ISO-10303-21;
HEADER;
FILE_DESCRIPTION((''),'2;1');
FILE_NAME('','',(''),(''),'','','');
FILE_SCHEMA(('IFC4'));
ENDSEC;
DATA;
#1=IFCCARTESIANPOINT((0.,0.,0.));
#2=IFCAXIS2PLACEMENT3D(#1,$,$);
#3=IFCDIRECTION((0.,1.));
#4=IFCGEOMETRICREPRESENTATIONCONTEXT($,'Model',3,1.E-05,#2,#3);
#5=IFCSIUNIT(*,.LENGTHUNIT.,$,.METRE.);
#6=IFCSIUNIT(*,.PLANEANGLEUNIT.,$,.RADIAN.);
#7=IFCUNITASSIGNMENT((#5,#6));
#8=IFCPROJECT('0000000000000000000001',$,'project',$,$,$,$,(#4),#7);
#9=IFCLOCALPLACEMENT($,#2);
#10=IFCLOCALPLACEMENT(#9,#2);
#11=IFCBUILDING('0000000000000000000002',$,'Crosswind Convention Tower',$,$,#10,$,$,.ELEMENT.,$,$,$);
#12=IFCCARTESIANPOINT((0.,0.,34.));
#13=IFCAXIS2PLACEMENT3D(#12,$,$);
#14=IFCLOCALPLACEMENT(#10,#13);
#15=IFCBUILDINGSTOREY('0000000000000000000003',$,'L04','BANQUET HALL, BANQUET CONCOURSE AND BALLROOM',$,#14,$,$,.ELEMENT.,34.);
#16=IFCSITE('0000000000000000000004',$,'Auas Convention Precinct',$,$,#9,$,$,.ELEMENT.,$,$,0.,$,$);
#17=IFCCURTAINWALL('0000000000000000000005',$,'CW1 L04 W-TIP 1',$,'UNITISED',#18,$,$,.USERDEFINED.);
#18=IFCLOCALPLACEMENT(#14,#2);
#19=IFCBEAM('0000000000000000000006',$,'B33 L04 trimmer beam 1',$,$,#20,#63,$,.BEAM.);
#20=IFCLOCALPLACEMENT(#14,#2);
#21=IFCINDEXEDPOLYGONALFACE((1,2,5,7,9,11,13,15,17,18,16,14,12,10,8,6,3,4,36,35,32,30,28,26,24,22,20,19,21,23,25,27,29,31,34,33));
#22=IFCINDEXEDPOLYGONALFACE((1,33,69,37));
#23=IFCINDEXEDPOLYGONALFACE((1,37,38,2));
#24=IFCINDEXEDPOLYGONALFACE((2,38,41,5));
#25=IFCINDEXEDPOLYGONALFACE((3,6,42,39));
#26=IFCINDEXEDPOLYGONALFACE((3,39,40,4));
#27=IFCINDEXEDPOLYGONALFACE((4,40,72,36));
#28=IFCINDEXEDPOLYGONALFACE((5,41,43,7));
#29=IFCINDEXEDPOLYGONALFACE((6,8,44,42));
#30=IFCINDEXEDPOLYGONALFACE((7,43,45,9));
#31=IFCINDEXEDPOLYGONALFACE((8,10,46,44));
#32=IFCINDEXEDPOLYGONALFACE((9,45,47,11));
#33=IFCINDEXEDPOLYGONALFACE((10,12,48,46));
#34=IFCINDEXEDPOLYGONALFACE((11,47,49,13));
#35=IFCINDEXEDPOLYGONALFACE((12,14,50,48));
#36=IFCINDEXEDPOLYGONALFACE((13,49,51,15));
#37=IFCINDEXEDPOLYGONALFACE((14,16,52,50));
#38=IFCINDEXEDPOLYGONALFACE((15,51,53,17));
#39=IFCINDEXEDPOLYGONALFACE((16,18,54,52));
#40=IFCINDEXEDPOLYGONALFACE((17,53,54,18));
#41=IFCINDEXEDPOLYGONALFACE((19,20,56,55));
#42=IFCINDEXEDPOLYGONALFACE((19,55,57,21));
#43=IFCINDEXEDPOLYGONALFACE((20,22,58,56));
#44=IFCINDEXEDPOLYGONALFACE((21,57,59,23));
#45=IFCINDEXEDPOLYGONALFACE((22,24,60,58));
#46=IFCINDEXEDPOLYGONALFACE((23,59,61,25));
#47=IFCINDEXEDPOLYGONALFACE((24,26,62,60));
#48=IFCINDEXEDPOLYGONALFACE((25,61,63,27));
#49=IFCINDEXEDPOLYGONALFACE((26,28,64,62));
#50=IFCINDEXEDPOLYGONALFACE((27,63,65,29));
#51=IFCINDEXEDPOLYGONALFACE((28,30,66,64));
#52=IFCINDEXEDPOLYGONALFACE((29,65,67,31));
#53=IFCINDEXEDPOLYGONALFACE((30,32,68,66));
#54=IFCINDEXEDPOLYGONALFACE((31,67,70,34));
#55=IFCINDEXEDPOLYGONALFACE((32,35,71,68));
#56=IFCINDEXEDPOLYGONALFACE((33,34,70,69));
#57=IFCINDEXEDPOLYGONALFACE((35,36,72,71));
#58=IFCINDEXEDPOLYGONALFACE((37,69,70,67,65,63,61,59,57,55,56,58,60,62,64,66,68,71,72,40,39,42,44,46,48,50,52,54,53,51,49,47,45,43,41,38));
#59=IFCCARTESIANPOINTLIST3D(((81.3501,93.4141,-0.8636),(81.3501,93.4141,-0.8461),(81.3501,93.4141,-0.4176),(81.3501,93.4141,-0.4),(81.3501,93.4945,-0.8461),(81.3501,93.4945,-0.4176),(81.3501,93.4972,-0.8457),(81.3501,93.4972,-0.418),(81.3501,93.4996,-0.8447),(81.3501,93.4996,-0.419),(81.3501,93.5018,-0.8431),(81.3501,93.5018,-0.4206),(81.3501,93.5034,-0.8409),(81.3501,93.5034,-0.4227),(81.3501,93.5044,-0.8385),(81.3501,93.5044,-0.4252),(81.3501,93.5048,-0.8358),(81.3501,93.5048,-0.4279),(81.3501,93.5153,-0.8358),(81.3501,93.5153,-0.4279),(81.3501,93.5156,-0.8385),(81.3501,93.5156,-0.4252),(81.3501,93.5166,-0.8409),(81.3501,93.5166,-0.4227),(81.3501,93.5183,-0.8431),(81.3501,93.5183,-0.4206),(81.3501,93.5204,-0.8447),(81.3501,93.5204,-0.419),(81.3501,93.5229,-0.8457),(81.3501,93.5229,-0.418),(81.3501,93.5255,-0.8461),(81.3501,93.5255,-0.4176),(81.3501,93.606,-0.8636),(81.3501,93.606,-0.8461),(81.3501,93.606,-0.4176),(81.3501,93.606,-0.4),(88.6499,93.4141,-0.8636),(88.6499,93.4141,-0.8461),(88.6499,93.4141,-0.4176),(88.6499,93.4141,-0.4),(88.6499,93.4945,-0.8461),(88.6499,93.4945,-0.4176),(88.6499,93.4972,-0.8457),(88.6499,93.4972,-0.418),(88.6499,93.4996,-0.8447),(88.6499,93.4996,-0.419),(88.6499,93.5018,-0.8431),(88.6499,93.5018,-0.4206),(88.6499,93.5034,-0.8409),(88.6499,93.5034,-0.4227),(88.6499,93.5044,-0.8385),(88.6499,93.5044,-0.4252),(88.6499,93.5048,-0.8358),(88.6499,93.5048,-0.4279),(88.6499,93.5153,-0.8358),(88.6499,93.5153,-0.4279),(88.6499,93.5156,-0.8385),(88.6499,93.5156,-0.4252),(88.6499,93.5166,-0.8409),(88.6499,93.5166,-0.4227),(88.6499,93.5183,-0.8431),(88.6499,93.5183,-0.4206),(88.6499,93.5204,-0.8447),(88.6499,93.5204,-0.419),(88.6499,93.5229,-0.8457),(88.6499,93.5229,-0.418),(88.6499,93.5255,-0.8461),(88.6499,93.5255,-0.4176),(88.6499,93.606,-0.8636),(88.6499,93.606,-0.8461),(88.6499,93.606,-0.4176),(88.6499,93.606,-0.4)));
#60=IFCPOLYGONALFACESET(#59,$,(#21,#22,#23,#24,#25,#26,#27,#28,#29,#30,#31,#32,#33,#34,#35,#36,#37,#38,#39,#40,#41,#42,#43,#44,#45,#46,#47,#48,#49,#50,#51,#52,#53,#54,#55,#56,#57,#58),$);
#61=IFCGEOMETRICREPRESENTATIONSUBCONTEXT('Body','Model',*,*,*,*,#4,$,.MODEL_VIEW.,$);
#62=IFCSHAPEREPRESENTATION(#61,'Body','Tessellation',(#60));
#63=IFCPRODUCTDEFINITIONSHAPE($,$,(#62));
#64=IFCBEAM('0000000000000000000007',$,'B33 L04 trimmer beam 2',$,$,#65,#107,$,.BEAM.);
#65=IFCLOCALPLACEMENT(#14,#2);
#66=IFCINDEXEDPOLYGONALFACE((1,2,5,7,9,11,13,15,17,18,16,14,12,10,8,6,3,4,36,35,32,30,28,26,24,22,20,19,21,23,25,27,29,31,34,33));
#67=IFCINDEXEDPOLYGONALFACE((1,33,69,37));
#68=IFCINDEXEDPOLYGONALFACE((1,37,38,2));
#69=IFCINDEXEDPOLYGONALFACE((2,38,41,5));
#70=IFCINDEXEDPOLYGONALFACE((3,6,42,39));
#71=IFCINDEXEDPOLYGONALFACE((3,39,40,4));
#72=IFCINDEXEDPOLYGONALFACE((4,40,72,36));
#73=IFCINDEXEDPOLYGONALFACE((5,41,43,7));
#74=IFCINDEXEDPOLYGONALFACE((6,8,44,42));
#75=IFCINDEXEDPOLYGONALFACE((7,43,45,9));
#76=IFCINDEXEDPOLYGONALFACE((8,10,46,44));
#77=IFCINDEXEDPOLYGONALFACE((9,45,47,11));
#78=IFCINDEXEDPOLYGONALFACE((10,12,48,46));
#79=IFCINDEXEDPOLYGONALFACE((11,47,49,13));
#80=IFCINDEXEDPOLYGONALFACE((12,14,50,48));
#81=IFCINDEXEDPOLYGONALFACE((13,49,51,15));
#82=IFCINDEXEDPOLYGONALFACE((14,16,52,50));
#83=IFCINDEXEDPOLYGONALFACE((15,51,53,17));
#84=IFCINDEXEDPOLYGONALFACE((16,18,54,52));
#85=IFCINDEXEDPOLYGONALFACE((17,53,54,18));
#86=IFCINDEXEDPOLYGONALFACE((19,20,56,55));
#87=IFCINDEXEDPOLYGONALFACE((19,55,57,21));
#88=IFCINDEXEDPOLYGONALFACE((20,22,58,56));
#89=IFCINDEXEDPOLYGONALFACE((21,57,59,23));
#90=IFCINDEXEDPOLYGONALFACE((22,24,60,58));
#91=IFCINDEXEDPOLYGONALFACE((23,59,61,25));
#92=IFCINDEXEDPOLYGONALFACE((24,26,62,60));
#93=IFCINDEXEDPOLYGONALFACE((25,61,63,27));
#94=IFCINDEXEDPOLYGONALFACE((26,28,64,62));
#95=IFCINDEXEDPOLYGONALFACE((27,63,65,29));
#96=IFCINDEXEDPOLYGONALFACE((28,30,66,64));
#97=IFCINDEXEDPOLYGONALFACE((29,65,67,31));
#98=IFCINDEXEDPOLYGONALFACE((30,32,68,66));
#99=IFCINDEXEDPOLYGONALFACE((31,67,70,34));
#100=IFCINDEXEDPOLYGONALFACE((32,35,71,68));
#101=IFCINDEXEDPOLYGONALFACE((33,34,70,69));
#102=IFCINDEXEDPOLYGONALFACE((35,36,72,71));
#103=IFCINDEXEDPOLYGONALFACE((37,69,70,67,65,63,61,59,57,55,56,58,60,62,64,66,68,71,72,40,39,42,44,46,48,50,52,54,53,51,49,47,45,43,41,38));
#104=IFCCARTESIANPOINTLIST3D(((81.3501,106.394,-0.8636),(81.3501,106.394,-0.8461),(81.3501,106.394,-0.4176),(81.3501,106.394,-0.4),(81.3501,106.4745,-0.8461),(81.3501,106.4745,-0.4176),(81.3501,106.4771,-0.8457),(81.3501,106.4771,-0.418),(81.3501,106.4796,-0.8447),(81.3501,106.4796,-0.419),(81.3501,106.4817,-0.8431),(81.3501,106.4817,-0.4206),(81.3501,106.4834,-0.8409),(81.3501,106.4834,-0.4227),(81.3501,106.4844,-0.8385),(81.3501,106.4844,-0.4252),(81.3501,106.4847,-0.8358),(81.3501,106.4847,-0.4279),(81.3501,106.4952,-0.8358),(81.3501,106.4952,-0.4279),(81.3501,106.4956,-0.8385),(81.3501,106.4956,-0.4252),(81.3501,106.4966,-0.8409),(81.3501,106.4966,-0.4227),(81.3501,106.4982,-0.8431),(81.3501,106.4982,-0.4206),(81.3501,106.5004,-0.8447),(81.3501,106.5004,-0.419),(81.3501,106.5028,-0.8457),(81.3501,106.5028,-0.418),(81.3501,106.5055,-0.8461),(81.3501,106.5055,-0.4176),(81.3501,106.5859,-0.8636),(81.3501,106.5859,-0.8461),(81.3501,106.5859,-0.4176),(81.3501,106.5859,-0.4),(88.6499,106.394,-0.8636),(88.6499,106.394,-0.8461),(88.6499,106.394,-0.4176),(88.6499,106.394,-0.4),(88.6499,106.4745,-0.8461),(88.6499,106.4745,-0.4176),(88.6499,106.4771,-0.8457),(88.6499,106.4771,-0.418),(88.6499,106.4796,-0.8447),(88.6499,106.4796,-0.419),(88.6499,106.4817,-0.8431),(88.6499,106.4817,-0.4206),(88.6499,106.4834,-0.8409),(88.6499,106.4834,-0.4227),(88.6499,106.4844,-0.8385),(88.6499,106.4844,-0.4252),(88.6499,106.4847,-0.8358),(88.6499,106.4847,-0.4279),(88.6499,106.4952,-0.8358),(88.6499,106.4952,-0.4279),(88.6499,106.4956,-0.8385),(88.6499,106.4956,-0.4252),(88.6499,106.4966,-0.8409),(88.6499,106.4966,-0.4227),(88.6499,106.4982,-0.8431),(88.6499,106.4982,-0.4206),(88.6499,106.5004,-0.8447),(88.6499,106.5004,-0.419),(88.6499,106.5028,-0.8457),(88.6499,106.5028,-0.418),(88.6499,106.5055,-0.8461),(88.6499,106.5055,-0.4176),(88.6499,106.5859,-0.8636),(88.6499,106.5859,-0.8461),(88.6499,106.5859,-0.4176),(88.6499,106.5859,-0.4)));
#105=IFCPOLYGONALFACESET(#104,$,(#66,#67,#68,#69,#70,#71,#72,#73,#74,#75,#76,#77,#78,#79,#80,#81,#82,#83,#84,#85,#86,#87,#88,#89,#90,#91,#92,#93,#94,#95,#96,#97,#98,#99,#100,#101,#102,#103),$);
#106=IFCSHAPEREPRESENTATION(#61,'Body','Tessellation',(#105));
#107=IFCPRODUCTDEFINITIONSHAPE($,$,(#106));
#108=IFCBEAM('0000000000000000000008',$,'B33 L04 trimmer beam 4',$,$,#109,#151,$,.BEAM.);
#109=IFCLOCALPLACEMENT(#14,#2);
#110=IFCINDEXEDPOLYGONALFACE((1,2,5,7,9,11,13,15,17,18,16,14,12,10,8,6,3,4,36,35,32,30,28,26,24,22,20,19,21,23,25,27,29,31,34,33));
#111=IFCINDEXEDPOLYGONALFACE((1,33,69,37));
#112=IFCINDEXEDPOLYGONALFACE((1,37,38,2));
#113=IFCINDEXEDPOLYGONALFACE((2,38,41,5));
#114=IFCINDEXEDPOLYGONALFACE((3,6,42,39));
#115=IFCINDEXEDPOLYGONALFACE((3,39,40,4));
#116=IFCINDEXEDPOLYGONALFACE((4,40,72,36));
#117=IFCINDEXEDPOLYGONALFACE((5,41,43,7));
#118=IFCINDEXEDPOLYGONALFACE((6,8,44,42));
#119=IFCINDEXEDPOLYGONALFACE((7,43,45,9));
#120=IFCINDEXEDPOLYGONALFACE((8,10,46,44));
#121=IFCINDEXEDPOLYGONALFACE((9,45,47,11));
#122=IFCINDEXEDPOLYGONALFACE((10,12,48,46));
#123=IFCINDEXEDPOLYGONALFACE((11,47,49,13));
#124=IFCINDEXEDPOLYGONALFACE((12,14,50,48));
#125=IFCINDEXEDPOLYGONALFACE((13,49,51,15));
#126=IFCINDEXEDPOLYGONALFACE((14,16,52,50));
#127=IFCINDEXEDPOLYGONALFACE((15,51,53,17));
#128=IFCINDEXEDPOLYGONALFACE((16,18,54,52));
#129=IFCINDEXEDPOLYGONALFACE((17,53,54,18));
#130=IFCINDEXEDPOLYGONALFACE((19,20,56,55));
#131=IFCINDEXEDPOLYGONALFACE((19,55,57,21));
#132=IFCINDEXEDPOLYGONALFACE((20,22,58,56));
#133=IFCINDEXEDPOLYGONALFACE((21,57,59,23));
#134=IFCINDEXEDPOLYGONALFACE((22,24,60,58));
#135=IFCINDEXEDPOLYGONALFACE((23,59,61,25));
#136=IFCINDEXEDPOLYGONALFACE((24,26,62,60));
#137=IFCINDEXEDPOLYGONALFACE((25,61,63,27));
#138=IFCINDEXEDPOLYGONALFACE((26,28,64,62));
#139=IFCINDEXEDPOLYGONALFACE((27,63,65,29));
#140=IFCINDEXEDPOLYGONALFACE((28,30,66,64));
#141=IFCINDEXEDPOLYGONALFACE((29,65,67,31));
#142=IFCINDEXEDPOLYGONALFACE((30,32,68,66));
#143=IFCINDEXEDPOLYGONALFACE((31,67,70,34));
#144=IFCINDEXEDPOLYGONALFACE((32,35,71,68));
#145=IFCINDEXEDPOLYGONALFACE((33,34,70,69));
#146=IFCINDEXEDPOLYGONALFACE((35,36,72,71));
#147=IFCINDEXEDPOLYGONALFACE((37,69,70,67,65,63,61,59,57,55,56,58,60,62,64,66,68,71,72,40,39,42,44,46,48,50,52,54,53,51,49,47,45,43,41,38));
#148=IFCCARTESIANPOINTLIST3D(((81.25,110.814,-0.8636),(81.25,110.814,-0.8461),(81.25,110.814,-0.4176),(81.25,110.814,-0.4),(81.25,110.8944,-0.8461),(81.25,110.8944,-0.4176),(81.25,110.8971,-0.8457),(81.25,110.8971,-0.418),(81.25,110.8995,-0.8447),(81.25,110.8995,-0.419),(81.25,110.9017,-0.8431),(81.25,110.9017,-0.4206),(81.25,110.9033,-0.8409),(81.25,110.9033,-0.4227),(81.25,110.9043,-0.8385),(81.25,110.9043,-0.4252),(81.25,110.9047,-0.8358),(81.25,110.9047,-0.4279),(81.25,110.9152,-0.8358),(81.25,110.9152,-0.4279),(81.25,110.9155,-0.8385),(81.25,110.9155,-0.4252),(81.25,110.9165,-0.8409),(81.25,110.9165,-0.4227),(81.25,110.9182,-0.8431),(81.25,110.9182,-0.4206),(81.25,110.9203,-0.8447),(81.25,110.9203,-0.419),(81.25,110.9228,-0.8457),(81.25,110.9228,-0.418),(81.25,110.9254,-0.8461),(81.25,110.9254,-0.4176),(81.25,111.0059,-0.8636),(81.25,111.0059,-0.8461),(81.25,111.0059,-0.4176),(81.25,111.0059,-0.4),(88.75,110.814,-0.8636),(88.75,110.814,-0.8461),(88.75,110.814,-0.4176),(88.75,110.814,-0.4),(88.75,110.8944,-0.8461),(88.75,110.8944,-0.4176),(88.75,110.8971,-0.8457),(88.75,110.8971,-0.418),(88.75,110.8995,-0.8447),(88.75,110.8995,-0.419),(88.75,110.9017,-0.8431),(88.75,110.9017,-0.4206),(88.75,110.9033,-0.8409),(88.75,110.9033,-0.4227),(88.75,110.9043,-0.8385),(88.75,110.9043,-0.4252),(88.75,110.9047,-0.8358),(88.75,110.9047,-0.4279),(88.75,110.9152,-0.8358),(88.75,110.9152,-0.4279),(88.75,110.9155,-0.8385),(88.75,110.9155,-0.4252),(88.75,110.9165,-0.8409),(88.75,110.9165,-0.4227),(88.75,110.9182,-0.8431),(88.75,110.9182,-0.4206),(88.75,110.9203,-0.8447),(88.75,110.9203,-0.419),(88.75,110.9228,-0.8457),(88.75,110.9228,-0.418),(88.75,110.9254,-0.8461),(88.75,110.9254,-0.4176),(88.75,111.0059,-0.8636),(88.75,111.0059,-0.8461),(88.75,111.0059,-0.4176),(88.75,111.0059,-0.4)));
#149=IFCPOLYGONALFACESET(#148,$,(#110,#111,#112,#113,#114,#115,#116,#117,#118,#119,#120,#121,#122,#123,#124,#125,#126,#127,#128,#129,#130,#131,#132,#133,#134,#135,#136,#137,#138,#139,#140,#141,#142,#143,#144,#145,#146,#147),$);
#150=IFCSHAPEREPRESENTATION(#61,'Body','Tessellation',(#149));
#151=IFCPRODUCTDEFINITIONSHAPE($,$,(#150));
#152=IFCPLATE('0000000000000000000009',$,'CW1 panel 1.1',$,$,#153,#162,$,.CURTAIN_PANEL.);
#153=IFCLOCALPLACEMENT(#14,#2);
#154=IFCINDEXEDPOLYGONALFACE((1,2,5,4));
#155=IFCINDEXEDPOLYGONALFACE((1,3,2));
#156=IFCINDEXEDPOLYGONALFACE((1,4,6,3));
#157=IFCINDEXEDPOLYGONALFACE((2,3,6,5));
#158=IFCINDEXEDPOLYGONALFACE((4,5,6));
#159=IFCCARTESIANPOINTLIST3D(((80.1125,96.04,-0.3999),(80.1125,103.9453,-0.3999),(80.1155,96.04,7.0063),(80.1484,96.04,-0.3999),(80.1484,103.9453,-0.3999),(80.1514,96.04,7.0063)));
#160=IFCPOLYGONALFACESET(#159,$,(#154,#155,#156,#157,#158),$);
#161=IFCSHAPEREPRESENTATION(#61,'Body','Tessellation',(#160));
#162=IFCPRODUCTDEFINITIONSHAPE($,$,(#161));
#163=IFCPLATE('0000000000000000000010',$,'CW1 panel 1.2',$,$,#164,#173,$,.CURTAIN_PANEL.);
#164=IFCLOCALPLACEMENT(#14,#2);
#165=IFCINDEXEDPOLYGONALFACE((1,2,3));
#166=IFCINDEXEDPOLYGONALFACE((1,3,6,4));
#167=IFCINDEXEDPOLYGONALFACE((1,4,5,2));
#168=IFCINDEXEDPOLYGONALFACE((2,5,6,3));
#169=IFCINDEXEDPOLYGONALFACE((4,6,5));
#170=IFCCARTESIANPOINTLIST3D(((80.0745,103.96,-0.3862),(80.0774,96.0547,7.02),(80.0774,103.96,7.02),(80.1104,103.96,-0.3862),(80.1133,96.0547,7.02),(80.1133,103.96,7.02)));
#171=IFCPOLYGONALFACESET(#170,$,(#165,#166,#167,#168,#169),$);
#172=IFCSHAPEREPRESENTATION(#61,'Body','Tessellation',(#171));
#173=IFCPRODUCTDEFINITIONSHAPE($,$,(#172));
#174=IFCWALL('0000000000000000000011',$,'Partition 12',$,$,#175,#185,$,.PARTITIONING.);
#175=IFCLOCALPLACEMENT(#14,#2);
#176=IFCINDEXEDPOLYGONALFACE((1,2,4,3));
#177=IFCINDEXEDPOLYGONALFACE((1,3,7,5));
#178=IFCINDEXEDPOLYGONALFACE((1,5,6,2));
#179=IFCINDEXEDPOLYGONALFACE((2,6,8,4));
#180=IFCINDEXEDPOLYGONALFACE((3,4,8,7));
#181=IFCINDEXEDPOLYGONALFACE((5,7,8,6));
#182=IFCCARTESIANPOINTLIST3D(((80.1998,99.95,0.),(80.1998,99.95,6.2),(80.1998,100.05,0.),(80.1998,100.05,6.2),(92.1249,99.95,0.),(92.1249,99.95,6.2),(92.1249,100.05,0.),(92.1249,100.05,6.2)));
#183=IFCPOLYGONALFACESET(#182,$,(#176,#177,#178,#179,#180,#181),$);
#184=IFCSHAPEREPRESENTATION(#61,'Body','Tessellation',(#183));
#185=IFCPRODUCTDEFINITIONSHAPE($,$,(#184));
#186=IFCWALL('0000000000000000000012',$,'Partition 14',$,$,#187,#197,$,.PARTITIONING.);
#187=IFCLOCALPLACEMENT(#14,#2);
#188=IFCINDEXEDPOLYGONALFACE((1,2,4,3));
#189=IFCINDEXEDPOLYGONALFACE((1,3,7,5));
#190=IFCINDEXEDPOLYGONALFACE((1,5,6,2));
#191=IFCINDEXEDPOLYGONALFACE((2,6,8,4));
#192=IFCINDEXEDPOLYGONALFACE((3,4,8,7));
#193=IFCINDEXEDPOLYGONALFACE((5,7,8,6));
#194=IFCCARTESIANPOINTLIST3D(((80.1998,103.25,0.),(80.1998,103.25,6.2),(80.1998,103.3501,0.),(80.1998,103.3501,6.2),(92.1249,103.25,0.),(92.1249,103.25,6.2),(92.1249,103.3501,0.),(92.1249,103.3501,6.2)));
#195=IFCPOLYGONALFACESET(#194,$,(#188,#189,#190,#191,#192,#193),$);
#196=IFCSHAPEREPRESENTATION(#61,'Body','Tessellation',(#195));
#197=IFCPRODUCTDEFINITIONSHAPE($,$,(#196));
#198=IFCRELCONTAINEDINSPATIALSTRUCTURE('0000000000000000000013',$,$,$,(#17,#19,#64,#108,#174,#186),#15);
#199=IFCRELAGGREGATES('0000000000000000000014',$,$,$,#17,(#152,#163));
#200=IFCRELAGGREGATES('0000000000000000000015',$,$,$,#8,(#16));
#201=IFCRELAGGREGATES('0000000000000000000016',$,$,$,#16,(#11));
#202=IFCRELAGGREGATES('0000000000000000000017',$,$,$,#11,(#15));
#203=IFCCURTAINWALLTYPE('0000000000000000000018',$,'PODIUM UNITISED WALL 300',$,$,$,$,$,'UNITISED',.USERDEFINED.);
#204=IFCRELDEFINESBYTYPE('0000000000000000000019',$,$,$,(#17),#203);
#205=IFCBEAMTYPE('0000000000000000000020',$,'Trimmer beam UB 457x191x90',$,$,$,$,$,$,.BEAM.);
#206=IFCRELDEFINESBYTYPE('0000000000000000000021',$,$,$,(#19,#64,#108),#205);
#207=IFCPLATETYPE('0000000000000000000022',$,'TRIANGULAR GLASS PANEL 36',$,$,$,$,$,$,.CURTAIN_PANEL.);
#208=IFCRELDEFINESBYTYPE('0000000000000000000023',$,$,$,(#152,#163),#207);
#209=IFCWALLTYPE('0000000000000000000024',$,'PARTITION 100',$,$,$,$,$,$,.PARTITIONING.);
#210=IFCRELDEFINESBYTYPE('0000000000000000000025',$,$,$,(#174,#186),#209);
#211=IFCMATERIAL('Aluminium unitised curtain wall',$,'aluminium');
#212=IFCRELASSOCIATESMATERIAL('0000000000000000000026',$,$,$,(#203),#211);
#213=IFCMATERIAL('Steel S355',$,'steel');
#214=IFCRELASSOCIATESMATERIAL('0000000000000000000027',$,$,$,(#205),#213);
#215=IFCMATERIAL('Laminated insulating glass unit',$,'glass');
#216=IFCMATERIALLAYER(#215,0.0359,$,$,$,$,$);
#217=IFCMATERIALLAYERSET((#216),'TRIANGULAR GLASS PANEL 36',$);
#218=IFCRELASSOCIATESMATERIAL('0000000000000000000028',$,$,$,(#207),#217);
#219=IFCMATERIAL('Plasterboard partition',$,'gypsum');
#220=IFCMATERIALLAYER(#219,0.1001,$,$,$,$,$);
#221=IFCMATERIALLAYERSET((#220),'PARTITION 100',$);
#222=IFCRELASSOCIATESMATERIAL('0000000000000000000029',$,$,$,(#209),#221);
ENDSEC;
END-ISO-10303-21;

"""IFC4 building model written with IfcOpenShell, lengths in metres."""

from ifc_helpers import new_model, si_unit, direction, frame, frame_2d, origin, origin_2d, place, context, subcontext, project, spatial, polyline, rectangle, i_section, outline, extrude, material, layer, layer_set, material_profile, profile_set, type_object, element, aggregate, save


model = new_model("IFC4")

# Units and contexts
model_context = context("Model", 3, precision=1e-05, world=origin(), true_north=direction((0.0, 1.0)))
body_context = subcontext(model_context, "Body", "Model", "MODEL_VIEW")
ifc_project = project(units=[si_unit("LENGTHUNIT", "METRE"), si_unit("PLANEANGLEUNIT", "RADIAN")], contexts=[model_context])

# Site, building, storey
site_placement = place(None, origin())
site = spatial("IfcSite", under=ifc_project, at=site_placement, Name="Auas Convention Precinct", CompositionType="ELEMENT", RefElevation=0.0)
building_placement = place(site_placement, origin())
building = spatial("IfcBuilding", under=site, at=building_placement, Name="Crosswind Convention Tower", CompositionType="ELEMENT")
storey_placement = place(building_placement, frame((0.0, 0.0, 34.0)))
storey = spatial("IfcBuildingStorey", under=building, at=storey_placement, Name="L04", Description="BANQUET HALL, BANQUET CONCOURSE AND BALLROOM", CompositionType="ELEMENT", Elevation=34.0)

# Shared definitions
ifc_material_1 = material(Name="Steel S355", Category="steel")

# Curtain wall
ifc_material_2 = material(Name="Aluminium unitised curtain wall", Category="aluminium")
curtain_wall_type = type_object("IfcCurtainWallType", Name="PODIUM UNITISED WALL 300", ElementType="UNITISED", PredefinedType="USERDEFINED", material=ifc_material_2)
curtain_wall_placement = place(storey_placement, origin())
curtain_wall = element("IfcCurtainWall", 1, at=curtain_wall_placement, inside=storey, type_object=curtain_wall_type, Name="CW1 L04 W-TIP 1", ObjectType="UNITISED", PredefinedType="USERDEFINED")

# Beams
ifc_material_profile_1 = material_profile(ifc_material_1, i_section(OverallWidth=0.1919, OverallDepth=0.4636, WebThickness=0.0105, FlangeThickness=0.0176, FilletRadius=0.0103, at=origin_2d()), Name="UB 457x191x90")
ifc_profile_set_1 = profile_set([ifc_material_profile_1], Name="Steel S355")
beam_type_1 = type_object("IfcBeamType", Name="Trimmer beam UB 457x191x90", PredefinedType="BEAM", material=ifc_profile_set_1)
for number, where, z_axis, x_axis, name in (
    (2, (88.6499, 93.51, -0.6318), (-1.0, 0.0, 0.0), (0.0, -1.0, 0.0), "B33 L04 trimmer beam 1"),
    (3, (88.6499, 106.49, -0.6318), (-1.0, 0.0, 0.0), (0.0, -1.0, 0.0), "B33 L04 trimmer beam 2"),
):
    element("IfcBeam", number, at=place(storey_placement, frame(where, z_axis=z_axis, x_axis=x_axis)), inside=storey, type_object=beam_type_1, Name=name, PredefinedType="BEAM", context=body_context, shape_type="SweptSolid", body=[
        extrude(i_section(OverallWidth=0.1919, OverallDepth=0.4636, WebThickness=0.0105, FlangeThickness=0.0176, FilletRadius=0.0103, at=origin_2d()), origin(), (0.0, 0.0, 1.0), 7.2998),
    ])
beam_1_placement = place(storey_placement, frame((88.75, 110.9099, -0.6318), z_axis=(-1.0, 0.0, 0.0), x_axis=(0.0, -1.0, 0.0)))
element("IfcBeam", 4, at=beam_1_placement, inside=storey, type_object=beam_type_1, Name="B33 L04 trimmer beam 4", PredefinedType="BEAM", context=body_context, shape_type="SweptSolid", body=[
    extrude(i_section(OverallWidth=0.1919, OverallDepth=0.4636, WebThickness=0.0105, FlangeThickness=0.0176, FilletRadius=0.0103, at=origin_2d()), origin(), (0.0, 0.0, 1.0), 7.5),
])

# Plates
ifc_material_3 = material(Name="Laminated insulating glass unit", Category="glass")
ifc_layer_1 = layer(ifc_material_3, 0.0359)
ifc_layer_set_1 = layer_set([ifc_layer_1], Name="TRIANGULAR GLASS PANEL 36")
plate_type = type_object("IfcPlateType", Name="TRIANGULAR GLASS PANEL 36", PredefinedType="CURTAIN_PANEL", material=ifc_layer_set_1)
plate_1_placement = place(storey_placement, frame((80.1125, 96.04, -0.3999), z_axis=(-1.0, 0.0, 0.000396), x_axis=(0.000396, 0.0, 1.0)))
plate_1 = element("IfcPlate", 5, at=plate_1_placement, type_object=plate_type, Name="CW1 panel 1.1", PredefinedType="CURTAIN_PANEL", context=body_context, shape_type="SweptSolid", body=[
    extrude(outline(polyline([(0.0, 0.0), (7.4063, 0.0), (0.0, 7.9053), (0.0, 0.0)])), origin(), (0.0, 0.0, -1.0), 0.0359),
])
plate_2_placement = place(storey_placement, frame((80.0774, 103.96, 7.02), z_axis=(-1.0, 0.0, 0.000396), x_axis=(-0.000396, 0.0, -1.0)))
plate_2 = element("IfcPlate", 6, at=plate_2_placement, type_object=plate_type, Name="CW1 panel 1.2", PredefinedType="CURTAIN_PANEL", context=body_context, shape_type="SweptSolid", body=[
    extrude(outline(polyline([(0.0, 0.0), (7.4063, 0.0), (0.0, 7.9053), (0.0, 0.0)])), origin(), (0.0, 0.0, -1.0), 0.0359),
])

# Walls
ifc_material_4 = material(Name="Plasterboard partition", Category="gypsum")
ifc_layer_2 = layer(ifc_material_4, 0.1001)
ifc_layer_set_2 = layer_set([ifc_layer_2], Name="PARTITION 100")
wall_type_1 = type_object("IfcWallType", Name="PARTITION 100", PredefinedType="PARTITIONING", material=ifc_layer_set_2)
for number, where, z_axis, x_axis, name in (
    (7, (80.2, 100.0, 0.0), (0.0, 0.0, 1.0), (1.0, 0.0, 0.0), "Partition 12"),
    (8, (80.2, 103.3, 0.0), (0.0, 0.0, 1.0), (1.0, 0.0, 0.0), "Partition 14"),
):
    element("IfcWall", number, at=place(storey_placement, frame(where, z_axis=z_axis, x_axis=x_axis)), inside=storey, type_object=wall_type_1, Name=name, PredefinedType="PARTITIONING", context=body_context, shape_type="SweptSolid", body=[
        extrude(rectangle(XDim=11.925, YDim=0.1001, at=frame_2d((5.9624, 0.0))), origin(), (0.0, 0.0, 1.0), 6.2),
    ])

aggregate(curtain_wall, [plate_1, plate_2])

save(model, "model.ifc")
